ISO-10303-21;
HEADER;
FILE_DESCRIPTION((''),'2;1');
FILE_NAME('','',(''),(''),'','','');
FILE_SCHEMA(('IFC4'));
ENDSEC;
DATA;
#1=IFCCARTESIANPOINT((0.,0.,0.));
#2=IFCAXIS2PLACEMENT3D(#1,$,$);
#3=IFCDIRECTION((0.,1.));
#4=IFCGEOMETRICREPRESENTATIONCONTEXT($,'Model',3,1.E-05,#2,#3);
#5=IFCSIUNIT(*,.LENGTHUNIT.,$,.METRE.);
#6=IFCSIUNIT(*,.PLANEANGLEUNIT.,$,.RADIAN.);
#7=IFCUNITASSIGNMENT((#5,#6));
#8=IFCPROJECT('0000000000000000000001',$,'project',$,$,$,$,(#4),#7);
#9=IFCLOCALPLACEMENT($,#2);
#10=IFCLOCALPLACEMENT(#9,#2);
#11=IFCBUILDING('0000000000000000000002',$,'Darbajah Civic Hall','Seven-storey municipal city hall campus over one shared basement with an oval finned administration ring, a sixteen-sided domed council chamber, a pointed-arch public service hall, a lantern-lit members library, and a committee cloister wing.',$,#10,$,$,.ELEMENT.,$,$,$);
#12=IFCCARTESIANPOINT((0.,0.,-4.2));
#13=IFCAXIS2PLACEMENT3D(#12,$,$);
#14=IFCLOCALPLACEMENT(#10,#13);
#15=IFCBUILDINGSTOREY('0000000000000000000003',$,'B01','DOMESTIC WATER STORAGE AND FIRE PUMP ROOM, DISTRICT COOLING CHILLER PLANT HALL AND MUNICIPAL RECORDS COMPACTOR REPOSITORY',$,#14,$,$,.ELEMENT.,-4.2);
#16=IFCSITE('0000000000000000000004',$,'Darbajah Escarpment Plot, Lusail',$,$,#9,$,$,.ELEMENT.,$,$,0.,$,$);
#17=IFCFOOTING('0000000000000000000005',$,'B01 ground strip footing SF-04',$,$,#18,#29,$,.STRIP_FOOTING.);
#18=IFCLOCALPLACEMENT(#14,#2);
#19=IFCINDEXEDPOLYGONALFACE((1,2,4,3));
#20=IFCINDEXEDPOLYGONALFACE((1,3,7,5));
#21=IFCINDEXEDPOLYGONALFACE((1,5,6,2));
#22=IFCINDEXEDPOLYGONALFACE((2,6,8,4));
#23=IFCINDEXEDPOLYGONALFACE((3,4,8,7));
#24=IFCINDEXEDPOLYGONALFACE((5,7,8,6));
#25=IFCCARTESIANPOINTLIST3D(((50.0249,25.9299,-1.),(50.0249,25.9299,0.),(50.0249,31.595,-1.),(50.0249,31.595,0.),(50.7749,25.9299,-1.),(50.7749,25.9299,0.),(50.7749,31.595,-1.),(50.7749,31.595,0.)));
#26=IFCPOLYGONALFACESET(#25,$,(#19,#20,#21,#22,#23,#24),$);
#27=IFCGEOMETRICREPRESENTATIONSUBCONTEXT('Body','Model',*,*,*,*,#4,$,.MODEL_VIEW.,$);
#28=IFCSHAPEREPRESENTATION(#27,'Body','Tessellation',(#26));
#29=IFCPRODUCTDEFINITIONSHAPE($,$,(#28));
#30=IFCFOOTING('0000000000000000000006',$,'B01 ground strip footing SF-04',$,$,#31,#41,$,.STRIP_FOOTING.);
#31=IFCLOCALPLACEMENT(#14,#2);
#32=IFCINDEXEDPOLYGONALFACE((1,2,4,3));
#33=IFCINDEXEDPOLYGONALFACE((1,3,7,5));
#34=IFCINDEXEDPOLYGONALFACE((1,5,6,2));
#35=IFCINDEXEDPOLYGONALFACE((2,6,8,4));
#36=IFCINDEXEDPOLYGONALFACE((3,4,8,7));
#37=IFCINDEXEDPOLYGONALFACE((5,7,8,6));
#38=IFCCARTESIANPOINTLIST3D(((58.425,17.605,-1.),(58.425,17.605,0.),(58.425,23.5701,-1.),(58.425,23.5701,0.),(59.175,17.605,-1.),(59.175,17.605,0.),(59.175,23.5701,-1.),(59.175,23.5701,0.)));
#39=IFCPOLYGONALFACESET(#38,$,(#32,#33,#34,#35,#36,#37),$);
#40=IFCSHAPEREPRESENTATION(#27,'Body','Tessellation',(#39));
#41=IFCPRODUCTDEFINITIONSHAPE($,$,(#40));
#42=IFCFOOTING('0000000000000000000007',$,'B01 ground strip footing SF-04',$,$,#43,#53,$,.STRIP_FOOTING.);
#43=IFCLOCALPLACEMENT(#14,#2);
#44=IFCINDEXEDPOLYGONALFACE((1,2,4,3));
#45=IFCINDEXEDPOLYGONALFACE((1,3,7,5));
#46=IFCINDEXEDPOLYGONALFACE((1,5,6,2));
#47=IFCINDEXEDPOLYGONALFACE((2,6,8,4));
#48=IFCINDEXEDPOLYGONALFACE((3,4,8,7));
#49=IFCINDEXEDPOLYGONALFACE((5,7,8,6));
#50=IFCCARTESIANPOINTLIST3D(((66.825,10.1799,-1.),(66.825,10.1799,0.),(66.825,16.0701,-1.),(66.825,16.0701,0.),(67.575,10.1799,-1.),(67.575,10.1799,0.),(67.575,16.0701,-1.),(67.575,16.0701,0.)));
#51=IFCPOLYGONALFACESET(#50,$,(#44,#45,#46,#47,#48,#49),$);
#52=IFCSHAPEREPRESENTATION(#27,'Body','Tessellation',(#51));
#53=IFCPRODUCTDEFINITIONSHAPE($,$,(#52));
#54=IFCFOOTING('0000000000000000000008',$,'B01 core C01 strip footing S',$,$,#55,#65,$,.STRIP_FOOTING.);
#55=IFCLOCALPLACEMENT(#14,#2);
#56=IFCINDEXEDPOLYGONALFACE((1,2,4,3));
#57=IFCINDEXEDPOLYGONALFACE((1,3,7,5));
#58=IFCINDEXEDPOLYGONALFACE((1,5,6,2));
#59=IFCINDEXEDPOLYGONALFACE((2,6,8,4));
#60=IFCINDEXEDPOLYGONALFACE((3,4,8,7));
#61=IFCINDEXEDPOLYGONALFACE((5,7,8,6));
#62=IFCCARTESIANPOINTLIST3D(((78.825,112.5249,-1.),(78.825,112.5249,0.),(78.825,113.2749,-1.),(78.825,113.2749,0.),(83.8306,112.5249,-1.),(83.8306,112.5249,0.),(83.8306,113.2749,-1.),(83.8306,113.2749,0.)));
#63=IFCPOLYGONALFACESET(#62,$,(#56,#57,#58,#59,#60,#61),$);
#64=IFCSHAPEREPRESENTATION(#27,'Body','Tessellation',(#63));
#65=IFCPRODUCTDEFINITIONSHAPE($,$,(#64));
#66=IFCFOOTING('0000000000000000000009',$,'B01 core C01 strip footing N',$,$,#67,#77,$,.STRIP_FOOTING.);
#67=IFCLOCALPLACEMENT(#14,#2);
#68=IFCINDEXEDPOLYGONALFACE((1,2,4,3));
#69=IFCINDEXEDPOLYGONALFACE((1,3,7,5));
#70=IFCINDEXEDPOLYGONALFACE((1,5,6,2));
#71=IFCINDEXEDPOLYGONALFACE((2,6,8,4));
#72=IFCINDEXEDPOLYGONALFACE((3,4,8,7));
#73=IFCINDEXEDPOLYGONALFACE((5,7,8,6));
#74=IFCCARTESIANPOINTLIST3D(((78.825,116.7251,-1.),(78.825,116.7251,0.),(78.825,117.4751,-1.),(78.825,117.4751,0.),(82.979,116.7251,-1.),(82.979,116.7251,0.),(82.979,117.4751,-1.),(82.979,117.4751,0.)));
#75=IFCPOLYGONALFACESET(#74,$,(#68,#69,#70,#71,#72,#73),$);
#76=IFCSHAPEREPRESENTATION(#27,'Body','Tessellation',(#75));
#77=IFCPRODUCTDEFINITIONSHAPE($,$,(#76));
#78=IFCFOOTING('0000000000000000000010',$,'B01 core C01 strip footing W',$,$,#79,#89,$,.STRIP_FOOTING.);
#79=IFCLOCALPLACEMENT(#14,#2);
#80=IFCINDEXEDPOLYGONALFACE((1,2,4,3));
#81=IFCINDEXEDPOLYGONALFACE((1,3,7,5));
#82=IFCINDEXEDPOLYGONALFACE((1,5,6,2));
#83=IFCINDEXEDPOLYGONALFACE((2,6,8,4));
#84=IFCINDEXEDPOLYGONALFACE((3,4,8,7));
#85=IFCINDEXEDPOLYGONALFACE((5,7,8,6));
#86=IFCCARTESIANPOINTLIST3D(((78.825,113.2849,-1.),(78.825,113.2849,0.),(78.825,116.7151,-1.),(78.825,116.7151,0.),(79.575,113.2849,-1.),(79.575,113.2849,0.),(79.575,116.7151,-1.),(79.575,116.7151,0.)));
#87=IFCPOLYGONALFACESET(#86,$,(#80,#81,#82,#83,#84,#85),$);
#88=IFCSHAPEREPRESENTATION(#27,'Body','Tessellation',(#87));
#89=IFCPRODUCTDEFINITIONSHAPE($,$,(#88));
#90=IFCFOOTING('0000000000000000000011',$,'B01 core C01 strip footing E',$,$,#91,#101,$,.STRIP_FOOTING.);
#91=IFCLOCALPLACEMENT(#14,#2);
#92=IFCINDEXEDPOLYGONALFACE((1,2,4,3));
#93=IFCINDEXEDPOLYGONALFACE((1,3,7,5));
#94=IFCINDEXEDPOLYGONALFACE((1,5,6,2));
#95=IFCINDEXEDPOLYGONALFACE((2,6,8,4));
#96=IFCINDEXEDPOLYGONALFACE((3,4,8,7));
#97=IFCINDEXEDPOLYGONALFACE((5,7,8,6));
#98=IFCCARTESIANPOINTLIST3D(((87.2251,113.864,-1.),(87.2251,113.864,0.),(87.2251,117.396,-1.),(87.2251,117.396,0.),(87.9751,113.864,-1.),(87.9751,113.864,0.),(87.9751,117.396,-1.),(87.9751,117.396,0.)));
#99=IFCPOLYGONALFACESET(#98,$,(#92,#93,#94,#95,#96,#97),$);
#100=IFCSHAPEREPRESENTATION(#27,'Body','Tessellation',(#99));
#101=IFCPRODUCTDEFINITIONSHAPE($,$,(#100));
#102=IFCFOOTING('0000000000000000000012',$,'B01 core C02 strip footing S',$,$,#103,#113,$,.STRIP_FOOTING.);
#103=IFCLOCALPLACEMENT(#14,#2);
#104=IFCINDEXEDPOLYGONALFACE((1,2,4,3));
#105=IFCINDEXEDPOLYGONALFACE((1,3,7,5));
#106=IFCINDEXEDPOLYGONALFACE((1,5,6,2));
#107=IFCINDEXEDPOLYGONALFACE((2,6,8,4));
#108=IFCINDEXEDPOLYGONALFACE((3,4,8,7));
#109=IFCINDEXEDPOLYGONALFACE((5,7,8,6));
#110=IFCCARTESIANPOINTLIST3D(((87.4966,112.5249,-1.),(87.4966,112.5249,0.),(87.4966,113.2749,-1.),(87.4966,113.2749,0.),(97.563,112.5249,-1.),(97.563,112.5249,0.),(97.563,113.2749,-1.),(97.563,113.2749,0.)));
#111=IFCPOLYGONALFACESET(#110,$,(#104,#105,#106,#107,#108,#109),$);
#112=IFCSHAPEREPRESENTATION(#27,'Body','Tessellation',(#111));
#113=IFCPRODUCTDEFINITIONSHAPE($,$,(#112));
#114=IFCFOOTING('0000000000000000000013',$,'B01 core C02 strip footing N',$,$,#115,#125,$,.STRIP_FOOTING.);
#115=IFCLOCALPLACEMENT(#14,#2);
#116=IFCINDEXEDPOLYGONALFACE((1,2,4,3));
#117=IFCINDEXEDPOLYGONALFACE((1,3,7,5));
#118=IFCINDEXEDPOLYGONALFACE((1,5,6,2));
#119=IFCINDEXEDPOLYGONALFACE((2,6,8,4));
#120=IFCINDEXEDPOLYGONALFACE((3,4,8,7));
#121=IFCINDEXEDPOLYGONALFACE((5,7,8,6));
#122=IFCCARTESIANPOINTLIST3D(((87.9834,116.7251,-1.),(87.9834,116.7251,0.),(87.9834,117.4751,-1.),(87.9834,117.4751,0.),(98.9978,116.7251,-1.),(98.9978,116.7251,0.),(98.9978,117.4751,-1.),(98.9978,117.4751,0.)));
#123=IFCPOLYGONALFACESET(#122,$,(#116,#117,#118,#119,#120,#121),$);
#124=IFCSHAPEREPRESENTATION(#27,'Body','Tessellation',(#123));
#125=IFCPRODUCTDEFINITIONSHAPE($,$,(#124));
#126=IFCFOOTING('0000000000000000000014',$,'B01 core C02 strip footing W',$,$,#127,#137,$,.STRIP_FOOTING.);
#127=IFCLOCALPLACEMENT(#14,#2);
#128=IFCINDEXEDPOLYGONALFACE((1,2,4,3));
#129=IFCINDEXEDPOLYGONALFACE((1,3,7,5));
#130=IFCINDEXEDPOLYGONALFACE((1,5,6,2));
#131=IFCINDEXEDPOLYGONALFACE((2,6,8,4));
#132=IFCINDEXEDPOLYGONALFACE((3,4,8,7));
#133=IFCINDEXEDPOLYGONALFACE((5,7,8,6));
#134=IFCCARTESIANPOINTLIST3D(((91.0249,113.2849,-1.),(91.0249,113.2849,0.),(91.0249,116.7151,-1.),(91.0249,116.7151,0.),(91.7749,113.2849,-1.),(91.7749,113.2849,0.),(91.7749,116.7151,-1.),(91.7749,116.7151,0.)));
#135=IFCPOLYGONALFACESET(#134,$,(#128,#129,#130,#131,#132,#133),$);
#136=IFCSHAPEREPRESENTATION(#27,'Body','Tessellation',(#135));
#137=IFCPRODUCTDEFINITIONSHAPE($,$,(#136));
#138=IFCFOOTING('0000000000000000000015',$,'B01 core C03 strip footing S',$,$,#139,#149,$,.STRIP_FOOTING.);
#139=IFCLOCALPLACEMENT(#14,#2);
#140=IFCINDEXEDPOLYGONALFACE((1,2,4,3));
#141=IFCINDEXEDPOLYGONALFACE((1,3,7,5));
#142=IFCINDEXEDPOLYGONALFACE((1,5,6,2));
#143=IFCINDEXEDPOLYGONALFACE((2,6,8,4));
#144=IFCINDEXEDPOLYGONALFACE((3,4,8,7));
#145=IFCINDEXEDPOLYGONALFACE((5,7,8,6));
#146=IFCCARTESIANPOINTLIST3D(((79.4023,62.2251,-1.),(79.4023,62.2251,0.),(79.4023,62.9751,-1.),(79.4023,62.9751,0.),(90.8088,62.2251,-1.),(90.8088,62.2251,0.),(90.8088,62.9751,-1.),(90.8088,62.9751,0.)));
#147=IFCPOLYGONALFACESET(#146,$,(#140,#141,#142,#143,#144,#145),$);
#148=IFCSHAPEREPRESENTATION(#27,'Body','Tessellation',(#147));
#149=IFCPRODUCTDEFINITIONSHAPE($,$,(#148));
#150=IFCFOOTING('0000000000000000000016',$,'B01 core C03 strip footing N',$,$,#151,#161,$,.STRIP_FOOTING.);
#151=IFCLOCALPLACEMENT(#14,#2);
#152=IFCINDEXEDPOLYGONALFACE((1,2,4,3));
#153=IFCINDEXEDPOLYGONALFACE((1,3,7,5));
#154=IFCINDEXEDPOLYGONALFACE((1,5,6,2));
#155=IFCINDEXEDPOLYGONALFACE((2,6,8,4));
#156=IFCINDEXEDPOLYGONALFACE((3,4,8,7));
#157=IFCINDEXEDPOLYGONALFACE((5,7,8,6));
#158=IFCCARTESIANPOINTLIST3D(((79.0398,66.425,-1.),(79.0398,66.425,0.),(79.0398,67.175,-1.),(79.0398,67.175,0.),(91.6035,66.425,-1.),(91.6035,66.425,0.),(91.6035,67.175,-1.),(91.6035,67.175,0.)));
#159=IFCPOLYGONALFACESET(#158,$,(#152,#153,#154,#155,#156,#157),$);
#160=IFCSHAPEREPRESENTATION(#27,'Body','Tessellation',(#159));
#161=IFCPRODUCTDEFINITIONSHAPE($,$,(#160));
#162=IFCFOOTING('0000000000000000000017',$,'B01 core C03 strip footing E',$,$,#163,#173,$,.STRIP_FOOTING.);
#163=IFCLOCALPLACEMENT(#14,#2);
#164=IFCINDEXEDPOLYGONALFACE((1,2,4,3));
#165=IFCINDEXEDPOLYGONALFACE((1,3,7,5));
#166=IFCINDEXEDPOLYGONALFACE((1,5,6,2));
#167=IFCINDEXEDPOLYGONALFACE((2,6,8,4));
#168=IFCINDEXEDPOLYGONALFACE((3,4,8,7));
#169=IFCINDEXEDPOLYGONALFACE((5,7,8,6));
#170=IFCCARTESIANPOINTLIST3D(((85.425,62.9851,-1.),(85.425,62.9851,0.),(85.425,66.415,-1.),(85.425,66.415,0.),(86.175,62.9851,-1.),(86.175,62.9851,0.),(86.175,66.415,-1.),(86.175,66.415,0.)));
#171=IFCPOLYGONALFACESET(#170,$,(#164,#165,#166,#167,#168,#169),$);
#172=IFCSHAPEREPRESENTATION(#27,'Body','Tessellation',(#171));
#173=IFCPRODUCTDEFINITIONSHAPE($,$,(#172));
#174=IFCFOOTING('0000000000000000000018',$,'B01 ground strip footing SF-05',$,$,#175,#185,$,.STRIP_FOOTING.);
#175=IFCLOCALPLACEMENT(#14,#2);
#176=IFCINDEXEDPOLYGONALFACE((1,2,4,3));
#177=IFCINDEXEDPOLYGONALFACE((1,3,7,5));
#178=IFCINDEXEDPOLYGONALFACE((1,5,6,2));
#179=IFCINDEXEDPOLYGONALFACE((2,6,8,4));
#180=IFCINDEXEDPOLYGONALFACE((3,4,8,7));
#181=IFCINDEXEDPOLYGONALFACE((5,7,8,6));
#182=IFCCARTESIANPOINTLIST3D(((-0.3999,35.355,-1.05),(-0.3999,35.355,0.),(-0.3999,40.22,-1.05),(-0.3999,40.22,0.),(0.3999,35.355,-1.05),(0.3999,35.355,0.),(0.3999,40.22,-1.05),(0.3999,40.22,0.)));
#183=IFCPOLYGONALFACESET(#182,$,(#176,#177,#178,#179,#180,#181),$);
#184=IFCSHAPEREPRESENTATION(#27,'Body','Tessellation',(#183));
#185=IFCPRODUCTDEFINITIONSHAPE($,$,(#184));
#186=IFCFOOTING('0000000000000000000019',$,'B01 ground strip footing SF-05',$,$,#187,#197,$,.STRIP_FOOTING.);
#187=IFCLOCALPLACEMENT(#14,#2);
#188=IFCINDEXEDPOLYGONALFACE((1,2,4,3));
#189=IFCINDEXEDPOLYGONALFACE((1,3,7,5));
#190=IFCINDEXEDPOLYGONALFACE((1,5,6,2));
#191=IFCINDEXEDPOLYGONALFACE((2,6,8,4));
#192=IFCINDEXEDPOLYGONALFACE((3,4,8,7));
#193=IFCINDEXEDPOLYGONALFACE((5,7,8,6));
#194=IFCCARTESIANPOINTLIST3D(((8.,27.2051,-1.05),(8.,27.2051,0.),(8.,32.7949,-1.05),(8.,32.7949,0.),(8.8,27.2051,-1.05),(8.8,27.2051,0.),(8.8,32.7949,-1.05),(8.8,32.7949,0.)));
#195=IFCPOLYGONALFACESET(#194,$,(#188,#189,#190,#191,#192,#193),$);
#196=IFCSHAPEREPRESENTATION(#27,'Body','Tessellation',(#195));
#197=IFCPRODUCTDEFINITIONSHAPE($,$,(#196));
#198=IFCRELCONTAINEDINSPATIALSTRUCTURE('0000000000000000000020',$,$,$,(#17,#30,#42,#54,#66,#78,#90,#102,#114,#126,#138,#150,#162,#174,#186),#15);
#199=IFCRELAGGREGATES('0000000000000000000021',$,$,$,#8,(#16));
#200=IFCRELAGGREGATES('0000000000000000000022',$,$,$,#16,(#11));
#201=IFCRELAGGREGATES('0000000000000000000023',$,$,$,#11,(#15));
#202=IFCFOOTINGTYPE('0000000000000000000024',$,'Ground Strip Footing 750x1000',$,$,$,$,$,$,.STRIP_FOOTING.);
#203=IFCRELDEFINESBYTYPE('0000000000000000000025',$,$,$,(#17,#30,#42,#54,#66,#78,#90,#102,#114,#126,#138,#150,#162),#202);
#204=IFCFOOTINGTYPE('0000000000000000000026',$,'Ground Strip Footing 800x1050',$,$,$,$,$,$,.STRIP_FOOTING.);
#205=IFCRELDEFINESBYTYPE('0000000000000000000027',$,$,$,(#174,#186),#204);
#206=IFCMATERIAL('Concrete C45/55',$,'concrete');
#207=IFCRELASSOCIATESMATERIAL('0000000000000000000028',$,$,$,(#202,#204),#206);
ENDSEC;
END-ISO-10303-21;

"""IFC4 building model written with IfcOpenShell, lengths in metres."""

from ifc_helpers import new_model, si_unit, direction, frame, origin, place, context, subcontext, project, spatial, polyline, outline, extrude, material, type_object, element, save


model = new_model("IFC4")

# Units and contexts
model_context = context("Model", 3, precision=1e-05, world=origin(), true_north=direction((0.0, 1.0)))
body_context = subcontext(model_context, "Body", "Model", "MODEL_VIEW")
ifc_project = project(units=[si_unit("LENGTHUNIT", "METRE"), si_unit("PLANEANGLEUNIT", "RADIAN")], contexts=[model_context])

# Site, building, storey
site_placement = place(None, origin())
site = spatial("IfcSite", under=ifc_project, at=site_placement, Name="Darbajah Escarpment Plot, Lusail", CompositionType="ELEMENT", RefElevation=0.0)
building_placement = place(site_placement, origin())
building = spatial("IfcBuilding", under=site, at=building_placement, Name="Darbajah Civic Hall", Description="Seven-storey municipal city hall campus over one shared basement with an oval finned administration ring, a sixteen-sided domed council chamber, a pointed-arch public service hall, a lantern-lit members library, and a committee cloister wing.", CompositionType="ELEMENT")
storey_placement = place(building_placement, frame((0.0, 0.0, -4.2)))
storey = spatial("IfcBuildingStorey", under=building, at=storey_placement, Name="B01", Description="DOMESTIC WATER STORAGE AND FIRE PUMP ROOM, DISTRICT COOLING CHILLER PLANT HALL AND MUNICIPAL RECORDS COMPACTOR REPOSITORY", CompositionType="ELEMENT", Elevation=-4.2)

# Footings
ifc_material = material(Name="Concrete C45/55", Category="concrete")
footing_type_1 = type_object("IfcFootingType", Name="Ground Strip Footing 750x1000", PredefinedType="STRIP_FOOTING", material=ifc_material)
footing_1_placement = place(storey_placement, frame((0.0, 0.0, -1.0)))
element("IfcFooting", 1, at=footing_1_placement, inside=storey, type_object=footing_type_1, Name="B01 ground strip footing SF-04", PredefinedType="STRIP_FOOTING", context=body_context, shape_type="SweptSolid", body=[
    extrude(outline(polyline([(50.7749, 25.9299), (50.7749, 31.595), (50.0249, 31.595), (50.0249, 25.9299), (50.7749, 25.9299)])), origin(), (0.0, 0.0, 1.0), 1.0),
])
footing_2_placement = place(storey_placement, frame((0.0, 0.0, -1.0)))
element("IfcFooting", 2, at=footing_2_placement, inside=storey, type_object=footing_type_1, Name="B01 ground strip footing SF-04", PredefinedType="STRIP_FOOTING", context=body_context, shape_type="SweptSolid", body=[
    extrude(outline(polyline([(59.175, 17.605), (59.175, 23.5701), (58.425, 23.5701), (58.425, 17.605), (59.175, 17.605)])), origin(), (0.0, 0.0, 1.0), 1.0),
])
footing_3_placement = place(storey_placement, frame((0.0, 0.0, -1.0)))
element("IfcFooting", 3, at=footing_3_placement, inside=storey, type_object=footing_type_1, Name="B01 ground strip footing SF-04", PredefinedType="STRIP_FOOTING", context=body_context, shape_type="SweptSolid", body=[
    extrude(outline(polyline([(67.575, 10.1799), (67.575, 16.0701), (66.825, 16.0701), (66.825, 10.1799), (67.575, 10.1799)])), origin(), (0.0, 0.0, 1.0), 1.0),
])
footing_4_placement = place(storey_placement, frame((0.0, 0.0, -1.0)))
element("IfcFooting", 4, at=footing_4_placement, inside=storey, type_object=footing_type_1, Name="B01 core C01 strip footing S", PredefinedType="STRIP_FOOTING", context=body_context, shape_type="SweptSolid", body=[
    extrude(outline(polyline([(78.825, 112.5249), (83.8306, 112.5249), (83.8306, 113.2749), (78.825, 113.2749), (78.825, 112.5249)])), origin(), (0.0, 0.0, 1.0), 1.0),
])
footing_5_placement = place(storey_placement, frame((0.0, 0.0, -1.0)))
element("IfcFooting", 5, at=footing_5_placement, inside=storey, type_object=footing_type_1, Name="B01 core C01 strip footing N", PredefinedType="STRIP_FOOTING", context=body_context, shape_type="SweptSolid", body=[
    extrude(outline(polyline([(78.825, 116.7251), (82.979, 116.7251), (82.979, 117.4751), (78.825, 117.4751), (78.825, 116.7251)])), origin(), (0.0, 0.0, 1.0), 1.0),
])
footing_6_placement = place(storey_placement, frame((0.0, 0.0, -1.0)))
element("IfcFooting", 6, at=footing_6_placement, inside=storey, type_object=footing_type_1, Name="B01 core C01 strip footing W", PredefinedType="STRIP_FOOTING", context=body_context, shape_type="SweptSolid", body=[
    extrude(outline(polyline([(78.825, 113.2849), (79.575, 113.2849), (79.575, 116.7151), (78.825, 116.7151), (78.825, 113.2849)])), origin(), (0.0, 0.0, 1.0), 1.0),
])
footing_7_placement = place(storey_placement, frame((0.0, 0.0, -1.0)))
element("IfcFooting", 7, at=footing_7_placement, inside=storey, type_object=footing_type_1, Name="B01 core C01 strip footing E", PredefinedType="STRIP_FOOTING", context=body_context, shape_type="SweptSolid", body=[
    extrude(outline(polyline([(87.2251, 113.864), (87.9751, 113.864), (87.9751, 117.396), (87.2251, 117.396), (87.2251, 113.864)])), origin(), (0.0, 0.0, 1.0), 1.0),
])
footing_8_placement = place(storey_placement, frame((0.0, 0.0, -1.0)))
element("IfcFooting", 8, at=footing_8_placement, inside=storey, type_object=footing_type_1, Name="B01 core C02 strip footing S", PredefinedType="STRIP_FOOTING", context=body_context, shape_type="SweptSolid", body=[
    extrude(outline(polyline([(87.4966, 112.5249), (97.563, 112.5249), (97.563, 113.2749), (87.4966, 113.2749), (87.4966, 112.5249)])), origin(), (0.0, 0.0, 1.0), 1.0),
])
footing_9_placement = place(storey_placement, frame((0.0, 0.0, -1.0)))
element("IfcFooting", 9, at=footing_9_placement, inside=storey, type_object=footing_type_1, Name="B01 core C02 strip footing N", PredefinedType="STRIP_FOOTING", context=body_context, shape_type="SweptSolid", body=[
    extrude(outline(polyline([(87.9834, 116.7251), (98.9978, 116.7251), (98.9978, 117.4751), (87.9834, 117.4751), (87.9834, 116.7251)])), origin(), (0.0, 0.0, 1.0), 1.0),
])
footing_10_placement = place(storey_placement, frame((0.0, 0.0, -1.0)))
element("IfcFooting", 10, at=footing_10_placement, inside=storey, type_object=footing_type_1, Name="B01 core C02 strip footing W", PredefinedType="STRIP_FOOTING", context=body_context, shape_type="SweptSolid", body=[
    extrude(outline(polyline([(91.0249, 113.2849), (91.7749, 113.2849), (91.7749, 116.7151), (91.0249, 116.7151), (91.0249, 113.2849)])), origin(), (0.0, 0.0, 1.0), 1.0),
])
footing_11_placement = place(storey_placement, frame((0.0, 0.0, -1.0)))
element("IfcFooting", 11, at=footing_11_placement, inside=storey, type_object=footing_type_1, Name="B01 core C03 strip footing S", PredefinedType="STRIP_FOOTING", context=body_context, shape_type="SweptSolid", body=[
    extrude(outline(polyline([(79.4023, 62.2251), (90.8088, 62.2251), (90.8088, 62.9751), (79.4023, 62.9751), (79.4023, 62.2251)])), origin(), (0.0, 0.0, 1.0), 1.0),
])
footing_12_placement = place(storey_placement, frame((0.0, 0.0, -1.0)))
element("IfcFooting", 12, at=footing_12_placement, inside=storey, type_object=footing_type_1, Name="B01 core C03 strip footing N", PredefinedType="STRIP_FOOTING", context=body_context, shape_type="SweptSolid", body=[
    extrude(outline(polyline([(79.0398, 66.425), (91.6035, 66.425), (91.6035, 67.175), (79.0398, 67.175), (79.0398, 66.425)])), origin(), (0.0, 0.0, 1.0), 1.0),
])
footing_13_placement = place(storey_placement, frame((0.0, 0.0, -1.0)))
element("IfcFooting", 13, at=footing_13_placement, inside=storey, type_object=footing_type_1, Name="B01 core C03 strip footing E", PredefinedType="STRIP_FOOTING", context=body_context, shape_type="SweptSolid", body=[
    extrude(outline(polyline([(85.425, 62.9851), (86.175, 62.9851), (86.175, 66.415), (85.425, 66.415), (85.425, 62.9851)])), origin(), (0.0, 0.0, 1.0), 1.0),
])
footing_type_2 = type_object("IfcFootingType", Name="Ground Strip Footing 800x1050", PredefinedType="STRIP_FOOTING", material=ifc_material)
footing_14_placement = place(storey_placement, frame((0.0, 0.0, -1.05)))
element("IfcFooting", 14, at=footing_14_placement, inside=storey, type_object=footing_type_2, Name="B01 ground strip footing SF-05", PredefinedType="STRIP_FOOTING", context=body_context, shape_type="SweptSolid", body=[
    extrude(outline(polyline([(0.3999, 35.355), (0.3999, 40.22), (-0.3999, 40.22), (-0.3999, 35.355), (0.3999, 35.355)])), origin(), (0.0, 0.0, 1.0), 1.05),
])
footing_15_placement = place(storey_placement, frame((0.0, 0.0, -1.05)))
element("IfcFooting", 15, at=footing_15_placement, inside=storey, type_object=footing_type_2, Name="B01 ground strip footing SF-05", PredefinedType="STRIP_FOOTING", context=body_context, shape_type="SweptSolid", body=[
    extrude(outline(polyline([(8.8, 27.2051), (8.8, 32.7949), (8.0, 32.7949), (8.0, 27.2051), (8.8, 27.2051)])), origin(), (0.0, 0.0, 1.0), 1.05),
])

save(model, "model.ifc")
